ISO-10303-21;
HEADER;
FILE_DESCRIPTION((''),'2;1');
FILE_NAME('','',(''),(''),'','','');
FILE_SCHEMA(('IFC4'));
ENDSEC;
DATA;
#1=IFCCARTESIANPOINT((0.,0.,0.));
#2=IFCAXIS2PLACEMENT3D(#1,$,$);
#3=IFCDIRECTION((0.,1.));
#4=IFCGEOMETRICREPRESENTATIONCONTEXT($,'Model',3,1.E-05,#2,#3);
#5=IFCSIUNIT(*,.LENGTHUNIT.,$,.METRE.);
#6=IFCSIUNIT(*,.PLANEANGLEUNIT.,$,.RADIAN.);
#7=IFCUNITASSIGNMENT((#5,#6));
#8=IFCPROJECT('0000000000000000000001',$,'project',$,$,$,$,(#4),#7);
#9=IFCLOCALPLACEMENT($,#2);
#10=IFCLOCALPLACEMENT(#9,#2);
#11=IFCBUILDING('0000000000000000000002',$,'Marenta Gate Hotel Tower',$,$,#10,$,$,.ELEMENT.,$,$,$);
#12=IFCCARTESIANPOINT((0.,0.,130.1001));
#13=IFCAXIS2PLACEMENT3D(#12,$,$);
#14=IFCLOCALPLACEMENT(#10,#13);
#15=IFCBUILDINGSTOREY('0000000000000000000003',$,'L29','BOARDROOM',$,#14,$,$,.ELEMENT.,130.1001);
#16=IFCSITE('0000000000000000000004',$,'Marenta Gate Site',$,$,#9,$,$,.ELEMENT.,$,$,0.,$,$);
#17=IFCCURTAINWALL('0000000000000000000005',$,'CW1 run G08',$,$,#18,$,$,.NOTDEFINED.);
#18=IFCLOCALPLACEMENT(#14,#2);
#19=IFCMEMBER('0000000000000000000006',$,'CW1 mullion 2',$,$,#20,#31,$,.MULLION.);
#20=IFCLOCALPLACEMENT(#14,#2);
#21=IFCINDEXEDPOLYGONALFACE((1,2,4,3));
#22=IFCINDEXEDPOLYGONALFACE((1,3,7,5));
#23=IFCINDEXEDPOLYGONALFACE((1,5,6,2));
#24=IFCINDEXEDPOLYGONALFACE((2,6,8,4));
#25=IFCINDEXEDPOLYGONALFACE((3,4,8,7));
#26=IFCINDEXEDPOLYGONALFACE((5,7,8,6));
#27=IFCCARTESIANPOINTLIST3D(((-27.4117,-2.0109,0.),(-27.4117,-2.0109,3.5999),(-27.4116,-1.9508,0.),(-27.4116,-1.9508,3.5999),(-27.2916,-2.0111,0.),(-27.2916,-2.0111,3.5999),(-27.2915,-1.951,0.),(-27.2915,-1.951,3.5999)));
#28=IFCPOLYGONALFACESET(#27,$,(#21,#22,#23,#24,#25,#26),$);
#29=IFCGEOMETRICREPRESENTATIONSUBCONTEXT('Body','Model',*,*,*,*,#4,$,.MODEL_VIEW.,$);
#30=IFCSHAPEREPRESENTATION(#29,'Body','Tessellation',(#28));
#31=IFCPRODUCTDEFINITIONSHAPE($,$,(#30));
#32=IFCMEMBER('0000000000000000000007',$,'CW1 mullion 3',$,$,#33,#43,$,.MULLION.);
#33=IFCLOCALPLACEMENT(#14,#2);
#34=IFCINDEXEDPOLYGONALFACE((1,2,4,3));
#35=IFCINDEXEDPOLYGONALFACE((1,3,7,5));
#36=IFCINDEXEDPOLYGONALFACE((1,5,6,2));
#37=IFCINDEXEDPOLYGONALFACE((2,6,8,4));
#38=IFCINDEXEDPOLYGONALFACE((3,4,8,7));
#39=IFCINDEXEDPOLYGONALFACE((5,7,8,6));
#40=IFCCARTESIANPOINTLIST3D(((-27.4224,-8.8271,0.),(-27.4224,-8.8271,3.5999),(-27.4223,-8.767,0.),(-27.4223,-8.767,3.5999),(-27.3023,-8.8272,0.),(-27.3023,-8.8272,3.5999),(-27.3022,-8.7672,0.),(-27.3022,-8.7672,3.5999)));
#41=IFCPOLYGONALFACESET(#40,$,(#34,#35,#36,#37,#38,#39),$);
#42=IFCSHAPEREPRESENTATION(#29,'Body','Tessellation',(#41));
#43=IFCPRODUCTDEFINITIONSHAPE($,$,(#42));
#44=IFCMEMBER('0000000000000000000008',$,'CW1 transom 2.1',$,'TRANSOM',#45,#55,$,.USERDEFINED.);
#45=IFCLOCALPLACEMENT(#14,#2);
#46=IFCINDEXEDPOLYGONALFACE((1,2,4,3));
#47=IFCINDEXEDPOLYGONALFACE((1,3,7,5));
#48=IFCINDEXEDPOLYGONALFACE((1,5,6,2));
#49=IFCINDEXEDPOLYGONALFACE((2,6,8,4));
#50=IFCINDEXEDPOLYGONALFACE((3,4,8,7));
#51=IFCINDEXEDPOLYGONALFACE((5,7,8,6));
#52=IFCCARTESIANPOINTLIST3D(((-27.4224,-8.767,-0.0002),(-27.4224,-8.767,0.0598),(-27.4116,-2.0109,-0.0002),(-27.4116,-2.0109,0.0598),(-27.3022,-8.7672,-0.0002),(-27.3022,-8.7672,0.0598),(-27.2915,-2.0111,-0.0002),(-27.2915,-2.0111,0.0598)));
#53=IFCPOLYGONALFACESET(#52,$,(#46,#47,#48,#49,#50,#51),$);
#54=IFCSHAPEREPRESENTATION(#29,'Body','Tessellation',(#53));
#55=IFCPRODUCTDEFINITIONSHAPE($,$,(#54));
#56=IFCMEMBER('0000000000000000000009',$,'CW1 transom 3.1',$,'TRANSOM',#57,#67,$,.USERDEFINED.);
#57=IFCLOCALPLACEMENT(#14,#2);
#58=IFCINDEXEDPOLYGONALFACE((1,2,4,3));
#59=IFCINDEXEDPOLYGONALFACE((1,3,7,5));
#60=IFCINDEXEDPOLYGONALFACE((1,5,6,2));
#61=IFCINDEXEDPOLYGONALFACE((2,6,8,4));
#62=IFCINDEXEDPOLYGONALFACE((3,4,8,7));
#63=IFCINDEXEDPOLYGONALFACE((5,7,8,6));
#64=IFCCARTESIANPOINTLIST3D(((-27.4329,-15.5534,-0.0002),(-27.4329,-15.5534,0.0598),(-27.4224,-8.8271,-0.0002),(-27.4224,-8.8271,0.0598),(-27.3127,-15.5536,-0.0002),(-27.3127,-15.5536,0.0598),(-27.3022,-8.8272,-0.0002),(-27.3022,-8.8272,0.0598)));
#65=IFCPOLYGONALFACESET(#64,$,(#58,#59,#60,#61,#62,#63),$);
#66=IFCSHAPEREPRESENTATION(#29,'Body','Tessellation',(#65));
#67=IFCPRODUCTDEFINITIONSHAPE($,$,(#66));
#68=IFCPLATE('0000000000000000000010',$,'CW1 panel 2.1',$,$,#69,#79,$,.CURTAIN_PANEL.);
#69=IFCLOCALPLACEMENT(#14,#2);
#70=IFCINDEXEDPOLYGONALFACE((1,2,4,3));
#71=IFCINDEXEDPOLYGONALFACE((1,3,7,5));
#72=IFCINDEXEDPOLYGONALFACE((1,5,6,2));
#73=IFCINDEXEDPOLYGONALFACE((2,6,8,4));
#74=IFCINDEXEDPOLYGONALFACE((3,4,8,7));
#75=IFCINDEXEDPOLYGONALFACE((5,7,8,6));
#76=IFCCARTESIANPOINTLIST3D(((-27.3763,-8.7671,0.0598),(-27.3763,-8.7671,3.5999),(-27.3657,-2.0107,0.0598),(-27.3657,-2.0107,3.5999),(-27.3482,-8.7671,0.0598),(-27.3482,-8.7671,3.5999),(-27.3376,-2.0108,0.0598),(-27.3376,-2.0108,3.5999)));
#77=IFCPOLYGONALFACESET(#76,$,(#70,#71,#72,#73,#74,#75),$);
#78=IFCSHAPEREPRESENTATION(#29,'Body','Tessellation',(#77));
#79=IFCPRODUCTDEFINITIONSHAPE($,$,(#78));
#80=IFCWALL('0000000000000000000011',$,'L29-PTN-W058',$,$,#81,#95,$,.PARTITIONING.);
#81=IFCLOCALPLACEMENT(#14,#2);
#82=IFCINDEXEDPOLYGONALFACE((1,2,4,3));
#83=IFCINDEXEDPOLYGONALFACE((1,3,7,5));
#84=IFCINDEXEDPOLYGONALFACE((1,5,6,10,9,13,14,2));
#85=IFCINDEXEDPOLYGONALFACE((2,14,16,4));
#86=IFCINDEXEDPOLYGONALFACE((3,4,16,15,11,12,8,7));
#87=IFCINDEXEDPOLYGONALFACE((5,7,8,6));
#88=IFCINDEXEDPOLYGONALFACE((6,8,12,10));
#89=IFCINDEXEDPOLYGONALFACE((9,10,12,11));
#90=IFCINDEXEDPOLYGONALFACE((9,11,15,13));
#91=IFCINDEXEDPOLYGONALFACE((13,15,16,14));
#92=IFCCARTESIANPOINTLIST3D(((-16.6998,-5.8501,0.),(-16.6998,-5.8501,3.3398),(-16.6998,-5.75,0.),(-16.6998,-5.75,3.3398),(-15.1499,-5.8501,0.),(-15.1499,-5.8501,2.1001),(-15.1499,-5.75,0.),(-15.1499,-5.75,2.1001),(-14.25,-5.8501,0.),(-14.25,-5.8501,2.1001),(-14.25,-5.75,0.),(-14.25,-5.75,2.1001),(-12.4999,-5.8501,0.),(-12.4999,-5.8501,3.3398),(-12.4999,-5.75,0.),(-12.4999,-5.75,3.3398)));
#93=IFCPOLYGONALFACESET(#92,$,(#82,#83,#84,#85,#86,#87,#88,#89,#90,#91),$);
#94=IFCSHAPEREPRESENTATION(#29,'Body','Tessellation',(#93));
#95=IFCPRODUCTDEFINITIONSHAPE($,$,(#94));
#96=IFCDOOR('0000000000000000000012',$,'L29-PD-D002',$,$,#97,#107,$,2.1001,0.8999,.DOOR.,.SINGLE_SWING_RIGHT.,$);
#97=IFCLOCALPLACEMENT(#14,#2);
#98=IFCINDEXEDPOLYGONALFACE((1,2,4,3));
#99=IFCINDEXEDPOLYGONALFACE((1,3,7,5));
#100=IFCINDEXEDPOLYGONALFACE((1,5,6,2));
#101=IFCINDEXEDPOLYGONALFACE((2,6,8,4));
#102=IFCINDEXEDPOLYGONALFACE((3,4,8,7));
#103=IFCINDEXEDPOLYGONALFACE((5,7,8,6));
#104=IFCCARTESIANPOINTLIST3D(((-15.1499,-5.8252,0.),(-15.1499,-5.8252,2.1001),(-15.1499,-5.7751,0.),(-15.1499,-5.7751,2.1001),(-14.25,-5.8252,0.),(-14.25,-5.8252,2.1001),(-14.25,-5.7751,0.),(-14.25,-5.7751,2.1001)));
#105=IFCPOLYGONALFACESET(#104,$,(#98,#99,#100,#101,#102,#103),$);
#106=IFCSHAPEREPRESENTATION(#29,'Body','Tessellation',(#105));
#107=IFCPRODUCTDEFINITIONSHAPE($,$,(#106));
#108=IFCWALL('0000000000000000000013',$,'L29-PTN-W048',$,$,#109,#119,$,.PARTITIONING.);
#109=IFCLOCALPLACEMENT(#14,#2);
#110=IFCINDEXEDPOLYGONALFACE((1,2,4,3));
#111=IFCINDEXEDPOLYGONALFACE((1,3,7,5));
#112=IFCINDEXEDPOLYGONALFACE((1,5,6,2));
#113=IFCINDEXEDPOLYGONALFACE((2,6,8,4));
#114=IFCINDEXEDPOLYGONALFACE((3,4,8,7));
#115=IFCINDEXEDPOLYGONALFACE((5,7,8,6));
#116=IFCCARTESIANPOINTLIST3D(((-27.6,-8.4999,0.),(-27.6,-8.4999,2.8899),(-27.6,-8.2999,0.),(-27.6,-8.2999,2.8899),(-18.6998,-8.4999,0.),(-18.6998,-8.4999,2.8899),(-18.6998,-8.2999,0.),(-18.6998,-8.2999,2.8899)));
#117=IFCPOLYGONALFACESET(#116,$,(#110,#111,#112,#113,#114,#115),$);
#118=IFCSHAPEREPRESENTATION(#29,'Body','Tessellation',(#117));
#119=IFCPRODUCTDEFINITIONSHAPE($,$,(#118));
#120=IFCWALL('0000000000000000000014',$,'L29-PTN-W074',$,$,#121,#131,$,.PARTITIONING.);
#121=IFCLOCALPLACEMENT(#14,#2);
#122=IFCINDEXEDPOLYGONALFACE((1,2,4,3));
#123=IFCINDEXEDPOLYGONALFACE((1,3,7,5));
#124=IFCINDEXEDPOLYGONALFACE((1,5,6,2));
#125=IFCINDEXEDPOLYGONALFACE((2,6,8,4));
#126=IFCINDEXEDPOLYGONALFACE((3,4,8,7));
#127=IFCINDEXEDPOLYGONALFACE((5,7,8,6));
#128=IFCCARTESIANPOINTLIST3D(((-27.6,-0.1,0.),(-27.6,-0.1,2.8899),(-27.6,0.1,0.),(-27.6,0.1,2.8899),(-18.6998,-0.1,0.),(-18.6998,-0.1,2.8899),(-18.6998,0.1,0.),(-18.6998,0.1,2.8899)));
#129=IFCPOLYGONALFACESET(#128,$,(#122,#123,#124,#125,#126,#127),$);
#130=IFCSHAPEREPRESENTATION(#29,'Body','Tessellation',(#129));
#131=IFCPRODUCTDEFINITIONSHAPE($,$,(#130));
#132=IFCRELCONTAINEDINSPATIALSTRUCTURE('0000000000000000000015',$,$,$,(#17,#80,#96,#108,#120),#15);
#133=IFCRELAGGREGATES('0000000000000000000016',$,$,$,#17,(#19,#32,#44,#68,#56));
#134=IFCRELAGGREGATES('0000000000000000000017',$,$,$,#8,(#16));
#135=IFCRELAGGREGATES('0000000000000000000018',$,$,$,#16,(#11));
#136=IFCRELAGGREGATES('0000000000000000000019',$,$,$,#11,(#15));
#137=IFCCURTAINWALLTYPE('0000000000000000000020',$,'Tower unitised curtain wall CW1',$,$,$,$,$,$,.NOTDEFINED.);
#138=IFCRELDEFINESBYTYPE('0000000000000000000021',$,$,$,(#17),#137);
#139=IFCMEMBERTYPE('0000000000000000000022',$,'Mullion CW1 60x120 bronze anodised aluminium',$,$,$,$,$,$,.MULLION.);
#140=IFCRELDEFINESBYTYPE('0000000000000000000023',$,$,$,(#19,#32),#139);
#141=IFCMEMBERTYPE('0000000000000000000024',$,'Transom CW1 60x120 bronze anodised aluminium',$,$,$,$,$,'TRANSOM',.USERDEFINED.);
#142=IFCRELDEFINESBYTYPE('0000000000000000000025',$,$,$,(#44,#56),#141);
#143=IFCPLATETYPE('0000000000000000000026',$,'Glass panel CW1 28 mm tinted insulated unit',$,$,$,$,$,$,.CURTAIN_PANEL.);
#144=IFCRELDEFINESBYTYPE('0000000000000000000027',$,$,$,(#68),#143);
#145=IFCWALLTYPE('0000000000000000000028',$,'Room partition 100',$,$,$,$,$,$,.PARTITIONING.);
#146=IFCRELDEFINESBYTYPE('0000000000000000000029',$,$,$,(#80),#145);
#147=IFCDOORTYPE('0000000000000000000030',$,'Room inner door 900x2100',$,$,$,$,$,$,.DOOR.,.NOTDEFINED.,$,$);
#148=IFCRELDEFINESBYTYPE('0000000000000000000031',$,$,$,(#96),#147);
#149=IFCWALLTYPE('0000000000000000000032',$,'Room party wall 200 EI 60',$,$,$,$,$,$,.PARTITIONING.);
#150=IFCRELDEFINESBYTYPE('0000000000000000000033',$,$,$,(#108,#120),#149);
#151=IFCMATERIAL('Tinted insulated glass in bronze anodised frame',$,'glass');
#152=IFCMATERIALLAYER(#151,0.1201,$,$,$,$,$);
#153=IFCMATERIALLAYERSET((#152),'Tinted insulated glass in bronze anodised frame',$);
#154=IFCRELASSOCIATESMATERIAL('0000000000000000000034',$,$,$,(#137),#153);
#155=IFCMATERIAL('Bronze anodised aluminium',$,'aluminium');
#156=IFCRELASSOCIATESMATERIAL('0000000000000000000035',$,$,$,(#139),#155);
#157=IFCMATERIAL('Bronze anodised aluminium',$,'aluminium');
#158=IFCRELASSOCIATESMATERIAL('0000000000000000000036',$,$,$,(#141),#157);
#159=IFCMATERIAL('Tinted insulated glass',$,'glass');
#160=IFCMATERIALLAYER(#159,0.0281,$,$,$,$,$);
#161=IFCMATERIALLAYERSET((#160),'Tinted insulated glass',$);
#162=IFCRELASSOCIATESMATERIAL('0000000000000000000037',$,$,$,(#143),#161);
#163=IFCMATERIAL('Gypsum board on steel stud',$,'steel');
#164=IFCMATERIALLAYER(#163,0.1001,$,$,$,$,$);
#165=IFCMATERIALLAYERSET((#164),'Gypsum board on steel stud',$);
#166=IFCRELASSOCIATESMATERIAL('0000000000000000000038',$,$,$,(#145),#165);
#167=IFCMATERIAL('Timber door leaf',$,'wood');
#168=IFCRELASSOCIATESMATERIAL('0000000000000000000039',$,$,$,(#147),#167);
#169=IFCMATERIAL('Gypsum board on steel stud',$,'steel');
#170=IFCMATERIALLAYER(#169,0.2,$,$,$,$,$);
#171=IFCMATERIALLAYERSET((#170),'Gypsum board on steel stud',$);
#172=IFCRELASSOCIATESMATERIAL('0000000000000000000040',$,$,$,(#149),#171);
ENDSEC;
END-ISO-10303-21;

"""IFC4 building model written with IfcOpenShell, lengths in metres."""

from ifc_helpers import new_model, si_unit, direction, frame, frame_2d, origin, origin_2d, place, context, subcontext, project, spatial, rectangle, extrude, material, layer, layer_set, material_profile, profile_set, type_object, element, fill, aggregate, save


model = new_model("IFC4")

# Units and contexts
model_context = context("Model", 3, precision=1e-05, world=origin(), true_north=direction((0.0, 1.0)))
body_context = subcontext(model_context, "Body", "Model", "MODEL_VIEW")
ifc_project = project(units=[si_unit("LENGTHUNIT", "METRE"), si_unit("PLANEANGLEUNIT", "RADIAN")], contexts=[model_context])

# Site, building, storey
site_placement = place(None, origin())
site = spatial("IfcSite", under=ifc_project, at=site_placement, Name="Marenta Gate Site", CompositionType="ELEMENT", RefElevation=0.0)
building_placement = place(site_placement, origin())
building = spatial("IfcBuilding", under=site, at=building_placement, Name="Marenta Gate Hotel Tower", CompositionType="ELEMENT")
storey_placement = place(building_placement, frame((0.0, 0.0, 130.1001)))
storey = spatial("IfcBuildingStorey", under=building, at=storey_placement, Name="L29", Description="BOARDROOM", CompositionType="ELEMENT", Elevation=130.1001)

# Curtain wall, members, plate
ifc_material_1 = material(Name="Tinted insulated glass in bronze anodised frame", Category="glass")
ifc_layer_1 = layer(ifc_material_1, 0.1201)
ifc_layer_set_1 = layer_set([ifc_layer_1], Name="Tinted insulated glass in bronze anodised frame")
curtain_wall_type = type_object("IfcCurtainWallType", Name="Tower unitised curtain wall CW1", PredefinedType="NOTDEFINED", material=ifc_layer_set_1)
curtain_wall_placement = place(storey_placement, origin())
curtain_wall = element("IfcCurtainWall", 1, at=curtain_wall_placement, inside=storey, type_object=curtain_wall_type, Name="CW1 run G08", PredefinedType="NOTDEFINED")
ifc_material_2 = material(Name="Bronze anodised aluminium", Category="aluminium")
ifc_material_profile_1 = material_profile(ifc_material_2, rectangle(XDim=0.1201, YDim=0.0601, at=origin_2d()), Name="Mullion CW1 60x120 bronze anodised aluminium")
ifc_profile_set_1 = profile_set([ifc_material_profile_1], Name="Bronze anodised aluminium")
member_type_1 = type_object("IfcMemberType", Name="Mullion CW1 60x120 bronze anodised aluminium", PredefinedType="MULLION", material=ifc_profile_set_1)
member_1_placement = place(storey_placement, frame((-27.3516, -1.981, 0.0), z_axis=(0.0, 0.0, 1.0), x_axis=(0.999999, -0.001565, 0.0)))
member_1 = element("IfcMember", 2, at=member_1_placement, type_object=member_type_1, Name="CW1 mullion 2", PredefinedType="MULLION", context=body_context, shape_type="SweptSolid", body=[
    extrude(rectangle(XDim=0.1201, YDim=0.0601, at=origin_2d()), origin(), (0.0, 0.0, 1.0), 3.5999),
])
member_2_placement = place(storey_placement, frame((-27.3623, -8.7971, 0.0), z_axis=(0.0, 0.0, 1.0), x_axis=(0.999999, -0.001565, 0.0)))
member_2 = element("IfcMember", 3, at=member_2_placement, type_object=member_type_1, Name="CW1 mullion 3", PredefinedType="MULLION", context=body_context, shape_type="SweptSolid", body=[
    extrude(rectangle(XDim=0.1201, YDim=0.0601, at=origin_2d()), origin(), (0.0, 0.0, 1.0), 3.5999),
])
ifc_material_3 = material(Name="Bronze anodised aluminium", Category="aluminium")
ifc_material_profile_2 = material_profile(ifc_material_3, rectangle(XDim=0.1201, YDim=0.0601, at=origin_2d()), Name="Transom CW1 60x120 bronze anodised aluminium")
ifc_profile_set_2 = profile_set([ifc_material_profile_2], Name="Bronze anodised aluminium")
member_type_2 = type_object("IfcMemberType", Name="Transom CW1 60x120 bronze anodised aluminium", ElementType="TRANSOM", PredefinedType="USERDEFINED", material=ifc_profile_set_2)
member_3_placement = place(storey_placement, frame((-27.3516, -2.011, 0.0298), z_axis=(-0.00159, -0.999999, 0.0), x_axis=(0.999999, -0.00159, 0.0)))
member_3 = element("IfcMember", 4, at=member_3_placement, type_object=member_type_2, Name="CW1 transom 2.1", ObjectType="TRANSOM", PredefinedType="USERDEFINED", context=body_context, shape_type="SweptSolid", body=[
    extrude(rectangle(XDim=0.1201, YDim=0.0601, at=origin_2d()), origin(), (0.0, 0.0, 1.0), 6.7561),
])
member_4_placement = place(storey_placement, frame((-27.3623, -8.8271, 0.0298), z_axis=(-0.001561, -0.999999, 0.0), x_axis=(0.999999, -0.001561, 0.0)))
member_4 = element("IfcMember", 5, at=member_4_placement, type_object=member_type_2, Name="CW1 transom 3.1", ObjectType="TRANSOM", PredefinedType="USERDEFINED", context=body_context, shape_type="SweptSolid", body=[
    extrude(rectangle(XDim=0.1201, YDim=0.0601, at=origin_2d()), origin(), (0.0, 0.0, 1.0), 6.7263),
])
ifc_material_4 = material(Name="Tinted insulated glass", Category="glass")
ifc_layer_2 = layer(ifc_material_4, 0.0281)
ifc_layer_set_2 = layer_set([ifc_layer_2], Name="Tinted insulated glass")
plate_type = type_object("IfcPlateType", Name="Glass panel CW1 28 mm tinted insulated unit", PredefinedType="CURTAIN_PANEL", material=ifc_layer_set_2)
plate_placement = place(storey_placement, frame((-27.3569, -5.3889, 0.0598), z_axis=(0.0, 0.0, 1.0), x_axis=(-0.001565, -0.999999, 0.0)))
plate = element("IfcPlate", 6, at=plate_placement, type_object=plate_type, Name="CW1 panel 2.1", PredefinedType="CURTAIN_PANEL", context=body_context, shape_type="SweptSolid", body=[
    extrude(rectangle(XDim=6.7563, YDim=0.0281, at=origin_2d()), origin(), (0.0, 0.0, 1.0), 3.54),
])
aggregate(curtain_wall, [member_1, member_2, member_3, plate, member_4])

# Wall, opening, door
ifc_material_5 = material(Name="Gypsum board on steel stud", Category="steel")
ifc_layer_3 = layer(ifc_material_5, 0.1001)
ifc_layer_set_3 = layer_set([ifc_layer_3], Name="Gypsum board on steel stud")
wall_type_1 = type_object("IfcWallType", Name="Room partition 100", PredefinedType="PARTITIONING", material=ifc_layer_set_3)
wall_1_placement = place(storey_placement, frame((-16.7, -5.8, 0.0), z_axis=(0.0, 0.0, 1.0), x_axis=(1.0, 0.0, 0.0)))
wall_1 = element("IfcWall", 7, at=wall_1_placement, inside=storey, type_object=wall_type_1, Name="L29-PTN-W058", PredefinedType="PARTITIONING", context=body_context, shape_type="SweptSolid", body=[
    extrude(rectangle(XDim=4.2, YDim=0.1001, at=frame_2d((2.1001, 0.0))), origin(), (0.0, 0.0, 1.0), 3.3398),
])
opening_1_placement = place(wall_1_placement, frame((1.55, 0.0, 0.0)))
opening_1 = element("IfcOpeningElement", 8, at=opening_1_placement, cuts=wall_1, PredefinedType="OPENING", context=body_context, shape_type="SweptSolid", body=[
    extrude(rectangle(XDim=0.8999, YDim=2.1001, at=frame_2d((0.45, 1.05))), frame((0.0, 0.05, 0.0), z_axis=(0.0, -1.0, 0.0), x_axis=(1.0, 0.0, 0.0)), (0.0, 0.0, 1.0), 0.1001),
])
ifc_material_6 = material(Name="Timber door leaf", Category="wood")
door_type_1 = type_object("IfcDoorType", Name="Room inner door 900x2100", OperationType="NOTDEFINED", PredefinedType="DOOR", material=ifc_material_6)
door_1_placement = place(opening_1_placement, origin())
door_1 = element("IfcDoor", 9, at=door_1_placement, inside=storey, type_object=door_type_1, Name="L29-PD-D002", OperationType="SINGLE_SWING_RIGHT", OverallHeight=2.1001, OverallWidth=0.8999, PredefinedType="DOOR", context=body_context, shape_type="SweptSolid", body=[
    extrude(rectangle(XDim=0.8999, YDim=2.1001, at=frame_2d((0.45, 1.05))), frame((0.0, 0.0249, 0.0), z_axis=(0.0, -1.0, 0.0), x_axis=(1.0, 0.0, 0.0)), (0.0, 0.0, 1.0), 0.05),
])
fill(opening_1, door_1)

# Walls
ifc_material_7 = material(Name="Gypsum board on steel stud", Category="steel")
ifc_layer_4 = layer(ifc_material_7, 0.2)
ifc_layer_set_4 = layer_set([ifc_layer_4], Name="Gypsum board on steel stud")
wall_type_2 = type_object("IfcWallType", Name="Room party wall 200 EI 60", PredefinedType="PARTITIONING", material=ifc_layer_set_4)
for number, where, z_axis, x_axis, name in (
    (10, (-27.6001, -8.3999, 0.0), (0.0, 0.0, 1.0), (1.0, 0.0, 0.0), "L29-PTN-W048"),
    (11, (-27.6001, 0.0, 0.0), (0.0, 0.0, 1.0), (1.0, 0.0, 0.0), "L29-PTN-W074"),
):
    element("IfcWall", number, at=place(storey_placement, frame(where, z_axis=z_axis, x_axis=x_axis)), inside=storey, type_object=wall_type_2, Name=name, PredefinedType="PARTITIONING", context=body_context, shape_type="SweptSolid", body=[
        extrude(rectangle(XDim=8.9001, YDim=0.2, at=frame_2d((4.4502, 0.0))), origin(), (0.0, 0.0, 1.0), 2.8899),
    ])

save(model, "model.ifc")
